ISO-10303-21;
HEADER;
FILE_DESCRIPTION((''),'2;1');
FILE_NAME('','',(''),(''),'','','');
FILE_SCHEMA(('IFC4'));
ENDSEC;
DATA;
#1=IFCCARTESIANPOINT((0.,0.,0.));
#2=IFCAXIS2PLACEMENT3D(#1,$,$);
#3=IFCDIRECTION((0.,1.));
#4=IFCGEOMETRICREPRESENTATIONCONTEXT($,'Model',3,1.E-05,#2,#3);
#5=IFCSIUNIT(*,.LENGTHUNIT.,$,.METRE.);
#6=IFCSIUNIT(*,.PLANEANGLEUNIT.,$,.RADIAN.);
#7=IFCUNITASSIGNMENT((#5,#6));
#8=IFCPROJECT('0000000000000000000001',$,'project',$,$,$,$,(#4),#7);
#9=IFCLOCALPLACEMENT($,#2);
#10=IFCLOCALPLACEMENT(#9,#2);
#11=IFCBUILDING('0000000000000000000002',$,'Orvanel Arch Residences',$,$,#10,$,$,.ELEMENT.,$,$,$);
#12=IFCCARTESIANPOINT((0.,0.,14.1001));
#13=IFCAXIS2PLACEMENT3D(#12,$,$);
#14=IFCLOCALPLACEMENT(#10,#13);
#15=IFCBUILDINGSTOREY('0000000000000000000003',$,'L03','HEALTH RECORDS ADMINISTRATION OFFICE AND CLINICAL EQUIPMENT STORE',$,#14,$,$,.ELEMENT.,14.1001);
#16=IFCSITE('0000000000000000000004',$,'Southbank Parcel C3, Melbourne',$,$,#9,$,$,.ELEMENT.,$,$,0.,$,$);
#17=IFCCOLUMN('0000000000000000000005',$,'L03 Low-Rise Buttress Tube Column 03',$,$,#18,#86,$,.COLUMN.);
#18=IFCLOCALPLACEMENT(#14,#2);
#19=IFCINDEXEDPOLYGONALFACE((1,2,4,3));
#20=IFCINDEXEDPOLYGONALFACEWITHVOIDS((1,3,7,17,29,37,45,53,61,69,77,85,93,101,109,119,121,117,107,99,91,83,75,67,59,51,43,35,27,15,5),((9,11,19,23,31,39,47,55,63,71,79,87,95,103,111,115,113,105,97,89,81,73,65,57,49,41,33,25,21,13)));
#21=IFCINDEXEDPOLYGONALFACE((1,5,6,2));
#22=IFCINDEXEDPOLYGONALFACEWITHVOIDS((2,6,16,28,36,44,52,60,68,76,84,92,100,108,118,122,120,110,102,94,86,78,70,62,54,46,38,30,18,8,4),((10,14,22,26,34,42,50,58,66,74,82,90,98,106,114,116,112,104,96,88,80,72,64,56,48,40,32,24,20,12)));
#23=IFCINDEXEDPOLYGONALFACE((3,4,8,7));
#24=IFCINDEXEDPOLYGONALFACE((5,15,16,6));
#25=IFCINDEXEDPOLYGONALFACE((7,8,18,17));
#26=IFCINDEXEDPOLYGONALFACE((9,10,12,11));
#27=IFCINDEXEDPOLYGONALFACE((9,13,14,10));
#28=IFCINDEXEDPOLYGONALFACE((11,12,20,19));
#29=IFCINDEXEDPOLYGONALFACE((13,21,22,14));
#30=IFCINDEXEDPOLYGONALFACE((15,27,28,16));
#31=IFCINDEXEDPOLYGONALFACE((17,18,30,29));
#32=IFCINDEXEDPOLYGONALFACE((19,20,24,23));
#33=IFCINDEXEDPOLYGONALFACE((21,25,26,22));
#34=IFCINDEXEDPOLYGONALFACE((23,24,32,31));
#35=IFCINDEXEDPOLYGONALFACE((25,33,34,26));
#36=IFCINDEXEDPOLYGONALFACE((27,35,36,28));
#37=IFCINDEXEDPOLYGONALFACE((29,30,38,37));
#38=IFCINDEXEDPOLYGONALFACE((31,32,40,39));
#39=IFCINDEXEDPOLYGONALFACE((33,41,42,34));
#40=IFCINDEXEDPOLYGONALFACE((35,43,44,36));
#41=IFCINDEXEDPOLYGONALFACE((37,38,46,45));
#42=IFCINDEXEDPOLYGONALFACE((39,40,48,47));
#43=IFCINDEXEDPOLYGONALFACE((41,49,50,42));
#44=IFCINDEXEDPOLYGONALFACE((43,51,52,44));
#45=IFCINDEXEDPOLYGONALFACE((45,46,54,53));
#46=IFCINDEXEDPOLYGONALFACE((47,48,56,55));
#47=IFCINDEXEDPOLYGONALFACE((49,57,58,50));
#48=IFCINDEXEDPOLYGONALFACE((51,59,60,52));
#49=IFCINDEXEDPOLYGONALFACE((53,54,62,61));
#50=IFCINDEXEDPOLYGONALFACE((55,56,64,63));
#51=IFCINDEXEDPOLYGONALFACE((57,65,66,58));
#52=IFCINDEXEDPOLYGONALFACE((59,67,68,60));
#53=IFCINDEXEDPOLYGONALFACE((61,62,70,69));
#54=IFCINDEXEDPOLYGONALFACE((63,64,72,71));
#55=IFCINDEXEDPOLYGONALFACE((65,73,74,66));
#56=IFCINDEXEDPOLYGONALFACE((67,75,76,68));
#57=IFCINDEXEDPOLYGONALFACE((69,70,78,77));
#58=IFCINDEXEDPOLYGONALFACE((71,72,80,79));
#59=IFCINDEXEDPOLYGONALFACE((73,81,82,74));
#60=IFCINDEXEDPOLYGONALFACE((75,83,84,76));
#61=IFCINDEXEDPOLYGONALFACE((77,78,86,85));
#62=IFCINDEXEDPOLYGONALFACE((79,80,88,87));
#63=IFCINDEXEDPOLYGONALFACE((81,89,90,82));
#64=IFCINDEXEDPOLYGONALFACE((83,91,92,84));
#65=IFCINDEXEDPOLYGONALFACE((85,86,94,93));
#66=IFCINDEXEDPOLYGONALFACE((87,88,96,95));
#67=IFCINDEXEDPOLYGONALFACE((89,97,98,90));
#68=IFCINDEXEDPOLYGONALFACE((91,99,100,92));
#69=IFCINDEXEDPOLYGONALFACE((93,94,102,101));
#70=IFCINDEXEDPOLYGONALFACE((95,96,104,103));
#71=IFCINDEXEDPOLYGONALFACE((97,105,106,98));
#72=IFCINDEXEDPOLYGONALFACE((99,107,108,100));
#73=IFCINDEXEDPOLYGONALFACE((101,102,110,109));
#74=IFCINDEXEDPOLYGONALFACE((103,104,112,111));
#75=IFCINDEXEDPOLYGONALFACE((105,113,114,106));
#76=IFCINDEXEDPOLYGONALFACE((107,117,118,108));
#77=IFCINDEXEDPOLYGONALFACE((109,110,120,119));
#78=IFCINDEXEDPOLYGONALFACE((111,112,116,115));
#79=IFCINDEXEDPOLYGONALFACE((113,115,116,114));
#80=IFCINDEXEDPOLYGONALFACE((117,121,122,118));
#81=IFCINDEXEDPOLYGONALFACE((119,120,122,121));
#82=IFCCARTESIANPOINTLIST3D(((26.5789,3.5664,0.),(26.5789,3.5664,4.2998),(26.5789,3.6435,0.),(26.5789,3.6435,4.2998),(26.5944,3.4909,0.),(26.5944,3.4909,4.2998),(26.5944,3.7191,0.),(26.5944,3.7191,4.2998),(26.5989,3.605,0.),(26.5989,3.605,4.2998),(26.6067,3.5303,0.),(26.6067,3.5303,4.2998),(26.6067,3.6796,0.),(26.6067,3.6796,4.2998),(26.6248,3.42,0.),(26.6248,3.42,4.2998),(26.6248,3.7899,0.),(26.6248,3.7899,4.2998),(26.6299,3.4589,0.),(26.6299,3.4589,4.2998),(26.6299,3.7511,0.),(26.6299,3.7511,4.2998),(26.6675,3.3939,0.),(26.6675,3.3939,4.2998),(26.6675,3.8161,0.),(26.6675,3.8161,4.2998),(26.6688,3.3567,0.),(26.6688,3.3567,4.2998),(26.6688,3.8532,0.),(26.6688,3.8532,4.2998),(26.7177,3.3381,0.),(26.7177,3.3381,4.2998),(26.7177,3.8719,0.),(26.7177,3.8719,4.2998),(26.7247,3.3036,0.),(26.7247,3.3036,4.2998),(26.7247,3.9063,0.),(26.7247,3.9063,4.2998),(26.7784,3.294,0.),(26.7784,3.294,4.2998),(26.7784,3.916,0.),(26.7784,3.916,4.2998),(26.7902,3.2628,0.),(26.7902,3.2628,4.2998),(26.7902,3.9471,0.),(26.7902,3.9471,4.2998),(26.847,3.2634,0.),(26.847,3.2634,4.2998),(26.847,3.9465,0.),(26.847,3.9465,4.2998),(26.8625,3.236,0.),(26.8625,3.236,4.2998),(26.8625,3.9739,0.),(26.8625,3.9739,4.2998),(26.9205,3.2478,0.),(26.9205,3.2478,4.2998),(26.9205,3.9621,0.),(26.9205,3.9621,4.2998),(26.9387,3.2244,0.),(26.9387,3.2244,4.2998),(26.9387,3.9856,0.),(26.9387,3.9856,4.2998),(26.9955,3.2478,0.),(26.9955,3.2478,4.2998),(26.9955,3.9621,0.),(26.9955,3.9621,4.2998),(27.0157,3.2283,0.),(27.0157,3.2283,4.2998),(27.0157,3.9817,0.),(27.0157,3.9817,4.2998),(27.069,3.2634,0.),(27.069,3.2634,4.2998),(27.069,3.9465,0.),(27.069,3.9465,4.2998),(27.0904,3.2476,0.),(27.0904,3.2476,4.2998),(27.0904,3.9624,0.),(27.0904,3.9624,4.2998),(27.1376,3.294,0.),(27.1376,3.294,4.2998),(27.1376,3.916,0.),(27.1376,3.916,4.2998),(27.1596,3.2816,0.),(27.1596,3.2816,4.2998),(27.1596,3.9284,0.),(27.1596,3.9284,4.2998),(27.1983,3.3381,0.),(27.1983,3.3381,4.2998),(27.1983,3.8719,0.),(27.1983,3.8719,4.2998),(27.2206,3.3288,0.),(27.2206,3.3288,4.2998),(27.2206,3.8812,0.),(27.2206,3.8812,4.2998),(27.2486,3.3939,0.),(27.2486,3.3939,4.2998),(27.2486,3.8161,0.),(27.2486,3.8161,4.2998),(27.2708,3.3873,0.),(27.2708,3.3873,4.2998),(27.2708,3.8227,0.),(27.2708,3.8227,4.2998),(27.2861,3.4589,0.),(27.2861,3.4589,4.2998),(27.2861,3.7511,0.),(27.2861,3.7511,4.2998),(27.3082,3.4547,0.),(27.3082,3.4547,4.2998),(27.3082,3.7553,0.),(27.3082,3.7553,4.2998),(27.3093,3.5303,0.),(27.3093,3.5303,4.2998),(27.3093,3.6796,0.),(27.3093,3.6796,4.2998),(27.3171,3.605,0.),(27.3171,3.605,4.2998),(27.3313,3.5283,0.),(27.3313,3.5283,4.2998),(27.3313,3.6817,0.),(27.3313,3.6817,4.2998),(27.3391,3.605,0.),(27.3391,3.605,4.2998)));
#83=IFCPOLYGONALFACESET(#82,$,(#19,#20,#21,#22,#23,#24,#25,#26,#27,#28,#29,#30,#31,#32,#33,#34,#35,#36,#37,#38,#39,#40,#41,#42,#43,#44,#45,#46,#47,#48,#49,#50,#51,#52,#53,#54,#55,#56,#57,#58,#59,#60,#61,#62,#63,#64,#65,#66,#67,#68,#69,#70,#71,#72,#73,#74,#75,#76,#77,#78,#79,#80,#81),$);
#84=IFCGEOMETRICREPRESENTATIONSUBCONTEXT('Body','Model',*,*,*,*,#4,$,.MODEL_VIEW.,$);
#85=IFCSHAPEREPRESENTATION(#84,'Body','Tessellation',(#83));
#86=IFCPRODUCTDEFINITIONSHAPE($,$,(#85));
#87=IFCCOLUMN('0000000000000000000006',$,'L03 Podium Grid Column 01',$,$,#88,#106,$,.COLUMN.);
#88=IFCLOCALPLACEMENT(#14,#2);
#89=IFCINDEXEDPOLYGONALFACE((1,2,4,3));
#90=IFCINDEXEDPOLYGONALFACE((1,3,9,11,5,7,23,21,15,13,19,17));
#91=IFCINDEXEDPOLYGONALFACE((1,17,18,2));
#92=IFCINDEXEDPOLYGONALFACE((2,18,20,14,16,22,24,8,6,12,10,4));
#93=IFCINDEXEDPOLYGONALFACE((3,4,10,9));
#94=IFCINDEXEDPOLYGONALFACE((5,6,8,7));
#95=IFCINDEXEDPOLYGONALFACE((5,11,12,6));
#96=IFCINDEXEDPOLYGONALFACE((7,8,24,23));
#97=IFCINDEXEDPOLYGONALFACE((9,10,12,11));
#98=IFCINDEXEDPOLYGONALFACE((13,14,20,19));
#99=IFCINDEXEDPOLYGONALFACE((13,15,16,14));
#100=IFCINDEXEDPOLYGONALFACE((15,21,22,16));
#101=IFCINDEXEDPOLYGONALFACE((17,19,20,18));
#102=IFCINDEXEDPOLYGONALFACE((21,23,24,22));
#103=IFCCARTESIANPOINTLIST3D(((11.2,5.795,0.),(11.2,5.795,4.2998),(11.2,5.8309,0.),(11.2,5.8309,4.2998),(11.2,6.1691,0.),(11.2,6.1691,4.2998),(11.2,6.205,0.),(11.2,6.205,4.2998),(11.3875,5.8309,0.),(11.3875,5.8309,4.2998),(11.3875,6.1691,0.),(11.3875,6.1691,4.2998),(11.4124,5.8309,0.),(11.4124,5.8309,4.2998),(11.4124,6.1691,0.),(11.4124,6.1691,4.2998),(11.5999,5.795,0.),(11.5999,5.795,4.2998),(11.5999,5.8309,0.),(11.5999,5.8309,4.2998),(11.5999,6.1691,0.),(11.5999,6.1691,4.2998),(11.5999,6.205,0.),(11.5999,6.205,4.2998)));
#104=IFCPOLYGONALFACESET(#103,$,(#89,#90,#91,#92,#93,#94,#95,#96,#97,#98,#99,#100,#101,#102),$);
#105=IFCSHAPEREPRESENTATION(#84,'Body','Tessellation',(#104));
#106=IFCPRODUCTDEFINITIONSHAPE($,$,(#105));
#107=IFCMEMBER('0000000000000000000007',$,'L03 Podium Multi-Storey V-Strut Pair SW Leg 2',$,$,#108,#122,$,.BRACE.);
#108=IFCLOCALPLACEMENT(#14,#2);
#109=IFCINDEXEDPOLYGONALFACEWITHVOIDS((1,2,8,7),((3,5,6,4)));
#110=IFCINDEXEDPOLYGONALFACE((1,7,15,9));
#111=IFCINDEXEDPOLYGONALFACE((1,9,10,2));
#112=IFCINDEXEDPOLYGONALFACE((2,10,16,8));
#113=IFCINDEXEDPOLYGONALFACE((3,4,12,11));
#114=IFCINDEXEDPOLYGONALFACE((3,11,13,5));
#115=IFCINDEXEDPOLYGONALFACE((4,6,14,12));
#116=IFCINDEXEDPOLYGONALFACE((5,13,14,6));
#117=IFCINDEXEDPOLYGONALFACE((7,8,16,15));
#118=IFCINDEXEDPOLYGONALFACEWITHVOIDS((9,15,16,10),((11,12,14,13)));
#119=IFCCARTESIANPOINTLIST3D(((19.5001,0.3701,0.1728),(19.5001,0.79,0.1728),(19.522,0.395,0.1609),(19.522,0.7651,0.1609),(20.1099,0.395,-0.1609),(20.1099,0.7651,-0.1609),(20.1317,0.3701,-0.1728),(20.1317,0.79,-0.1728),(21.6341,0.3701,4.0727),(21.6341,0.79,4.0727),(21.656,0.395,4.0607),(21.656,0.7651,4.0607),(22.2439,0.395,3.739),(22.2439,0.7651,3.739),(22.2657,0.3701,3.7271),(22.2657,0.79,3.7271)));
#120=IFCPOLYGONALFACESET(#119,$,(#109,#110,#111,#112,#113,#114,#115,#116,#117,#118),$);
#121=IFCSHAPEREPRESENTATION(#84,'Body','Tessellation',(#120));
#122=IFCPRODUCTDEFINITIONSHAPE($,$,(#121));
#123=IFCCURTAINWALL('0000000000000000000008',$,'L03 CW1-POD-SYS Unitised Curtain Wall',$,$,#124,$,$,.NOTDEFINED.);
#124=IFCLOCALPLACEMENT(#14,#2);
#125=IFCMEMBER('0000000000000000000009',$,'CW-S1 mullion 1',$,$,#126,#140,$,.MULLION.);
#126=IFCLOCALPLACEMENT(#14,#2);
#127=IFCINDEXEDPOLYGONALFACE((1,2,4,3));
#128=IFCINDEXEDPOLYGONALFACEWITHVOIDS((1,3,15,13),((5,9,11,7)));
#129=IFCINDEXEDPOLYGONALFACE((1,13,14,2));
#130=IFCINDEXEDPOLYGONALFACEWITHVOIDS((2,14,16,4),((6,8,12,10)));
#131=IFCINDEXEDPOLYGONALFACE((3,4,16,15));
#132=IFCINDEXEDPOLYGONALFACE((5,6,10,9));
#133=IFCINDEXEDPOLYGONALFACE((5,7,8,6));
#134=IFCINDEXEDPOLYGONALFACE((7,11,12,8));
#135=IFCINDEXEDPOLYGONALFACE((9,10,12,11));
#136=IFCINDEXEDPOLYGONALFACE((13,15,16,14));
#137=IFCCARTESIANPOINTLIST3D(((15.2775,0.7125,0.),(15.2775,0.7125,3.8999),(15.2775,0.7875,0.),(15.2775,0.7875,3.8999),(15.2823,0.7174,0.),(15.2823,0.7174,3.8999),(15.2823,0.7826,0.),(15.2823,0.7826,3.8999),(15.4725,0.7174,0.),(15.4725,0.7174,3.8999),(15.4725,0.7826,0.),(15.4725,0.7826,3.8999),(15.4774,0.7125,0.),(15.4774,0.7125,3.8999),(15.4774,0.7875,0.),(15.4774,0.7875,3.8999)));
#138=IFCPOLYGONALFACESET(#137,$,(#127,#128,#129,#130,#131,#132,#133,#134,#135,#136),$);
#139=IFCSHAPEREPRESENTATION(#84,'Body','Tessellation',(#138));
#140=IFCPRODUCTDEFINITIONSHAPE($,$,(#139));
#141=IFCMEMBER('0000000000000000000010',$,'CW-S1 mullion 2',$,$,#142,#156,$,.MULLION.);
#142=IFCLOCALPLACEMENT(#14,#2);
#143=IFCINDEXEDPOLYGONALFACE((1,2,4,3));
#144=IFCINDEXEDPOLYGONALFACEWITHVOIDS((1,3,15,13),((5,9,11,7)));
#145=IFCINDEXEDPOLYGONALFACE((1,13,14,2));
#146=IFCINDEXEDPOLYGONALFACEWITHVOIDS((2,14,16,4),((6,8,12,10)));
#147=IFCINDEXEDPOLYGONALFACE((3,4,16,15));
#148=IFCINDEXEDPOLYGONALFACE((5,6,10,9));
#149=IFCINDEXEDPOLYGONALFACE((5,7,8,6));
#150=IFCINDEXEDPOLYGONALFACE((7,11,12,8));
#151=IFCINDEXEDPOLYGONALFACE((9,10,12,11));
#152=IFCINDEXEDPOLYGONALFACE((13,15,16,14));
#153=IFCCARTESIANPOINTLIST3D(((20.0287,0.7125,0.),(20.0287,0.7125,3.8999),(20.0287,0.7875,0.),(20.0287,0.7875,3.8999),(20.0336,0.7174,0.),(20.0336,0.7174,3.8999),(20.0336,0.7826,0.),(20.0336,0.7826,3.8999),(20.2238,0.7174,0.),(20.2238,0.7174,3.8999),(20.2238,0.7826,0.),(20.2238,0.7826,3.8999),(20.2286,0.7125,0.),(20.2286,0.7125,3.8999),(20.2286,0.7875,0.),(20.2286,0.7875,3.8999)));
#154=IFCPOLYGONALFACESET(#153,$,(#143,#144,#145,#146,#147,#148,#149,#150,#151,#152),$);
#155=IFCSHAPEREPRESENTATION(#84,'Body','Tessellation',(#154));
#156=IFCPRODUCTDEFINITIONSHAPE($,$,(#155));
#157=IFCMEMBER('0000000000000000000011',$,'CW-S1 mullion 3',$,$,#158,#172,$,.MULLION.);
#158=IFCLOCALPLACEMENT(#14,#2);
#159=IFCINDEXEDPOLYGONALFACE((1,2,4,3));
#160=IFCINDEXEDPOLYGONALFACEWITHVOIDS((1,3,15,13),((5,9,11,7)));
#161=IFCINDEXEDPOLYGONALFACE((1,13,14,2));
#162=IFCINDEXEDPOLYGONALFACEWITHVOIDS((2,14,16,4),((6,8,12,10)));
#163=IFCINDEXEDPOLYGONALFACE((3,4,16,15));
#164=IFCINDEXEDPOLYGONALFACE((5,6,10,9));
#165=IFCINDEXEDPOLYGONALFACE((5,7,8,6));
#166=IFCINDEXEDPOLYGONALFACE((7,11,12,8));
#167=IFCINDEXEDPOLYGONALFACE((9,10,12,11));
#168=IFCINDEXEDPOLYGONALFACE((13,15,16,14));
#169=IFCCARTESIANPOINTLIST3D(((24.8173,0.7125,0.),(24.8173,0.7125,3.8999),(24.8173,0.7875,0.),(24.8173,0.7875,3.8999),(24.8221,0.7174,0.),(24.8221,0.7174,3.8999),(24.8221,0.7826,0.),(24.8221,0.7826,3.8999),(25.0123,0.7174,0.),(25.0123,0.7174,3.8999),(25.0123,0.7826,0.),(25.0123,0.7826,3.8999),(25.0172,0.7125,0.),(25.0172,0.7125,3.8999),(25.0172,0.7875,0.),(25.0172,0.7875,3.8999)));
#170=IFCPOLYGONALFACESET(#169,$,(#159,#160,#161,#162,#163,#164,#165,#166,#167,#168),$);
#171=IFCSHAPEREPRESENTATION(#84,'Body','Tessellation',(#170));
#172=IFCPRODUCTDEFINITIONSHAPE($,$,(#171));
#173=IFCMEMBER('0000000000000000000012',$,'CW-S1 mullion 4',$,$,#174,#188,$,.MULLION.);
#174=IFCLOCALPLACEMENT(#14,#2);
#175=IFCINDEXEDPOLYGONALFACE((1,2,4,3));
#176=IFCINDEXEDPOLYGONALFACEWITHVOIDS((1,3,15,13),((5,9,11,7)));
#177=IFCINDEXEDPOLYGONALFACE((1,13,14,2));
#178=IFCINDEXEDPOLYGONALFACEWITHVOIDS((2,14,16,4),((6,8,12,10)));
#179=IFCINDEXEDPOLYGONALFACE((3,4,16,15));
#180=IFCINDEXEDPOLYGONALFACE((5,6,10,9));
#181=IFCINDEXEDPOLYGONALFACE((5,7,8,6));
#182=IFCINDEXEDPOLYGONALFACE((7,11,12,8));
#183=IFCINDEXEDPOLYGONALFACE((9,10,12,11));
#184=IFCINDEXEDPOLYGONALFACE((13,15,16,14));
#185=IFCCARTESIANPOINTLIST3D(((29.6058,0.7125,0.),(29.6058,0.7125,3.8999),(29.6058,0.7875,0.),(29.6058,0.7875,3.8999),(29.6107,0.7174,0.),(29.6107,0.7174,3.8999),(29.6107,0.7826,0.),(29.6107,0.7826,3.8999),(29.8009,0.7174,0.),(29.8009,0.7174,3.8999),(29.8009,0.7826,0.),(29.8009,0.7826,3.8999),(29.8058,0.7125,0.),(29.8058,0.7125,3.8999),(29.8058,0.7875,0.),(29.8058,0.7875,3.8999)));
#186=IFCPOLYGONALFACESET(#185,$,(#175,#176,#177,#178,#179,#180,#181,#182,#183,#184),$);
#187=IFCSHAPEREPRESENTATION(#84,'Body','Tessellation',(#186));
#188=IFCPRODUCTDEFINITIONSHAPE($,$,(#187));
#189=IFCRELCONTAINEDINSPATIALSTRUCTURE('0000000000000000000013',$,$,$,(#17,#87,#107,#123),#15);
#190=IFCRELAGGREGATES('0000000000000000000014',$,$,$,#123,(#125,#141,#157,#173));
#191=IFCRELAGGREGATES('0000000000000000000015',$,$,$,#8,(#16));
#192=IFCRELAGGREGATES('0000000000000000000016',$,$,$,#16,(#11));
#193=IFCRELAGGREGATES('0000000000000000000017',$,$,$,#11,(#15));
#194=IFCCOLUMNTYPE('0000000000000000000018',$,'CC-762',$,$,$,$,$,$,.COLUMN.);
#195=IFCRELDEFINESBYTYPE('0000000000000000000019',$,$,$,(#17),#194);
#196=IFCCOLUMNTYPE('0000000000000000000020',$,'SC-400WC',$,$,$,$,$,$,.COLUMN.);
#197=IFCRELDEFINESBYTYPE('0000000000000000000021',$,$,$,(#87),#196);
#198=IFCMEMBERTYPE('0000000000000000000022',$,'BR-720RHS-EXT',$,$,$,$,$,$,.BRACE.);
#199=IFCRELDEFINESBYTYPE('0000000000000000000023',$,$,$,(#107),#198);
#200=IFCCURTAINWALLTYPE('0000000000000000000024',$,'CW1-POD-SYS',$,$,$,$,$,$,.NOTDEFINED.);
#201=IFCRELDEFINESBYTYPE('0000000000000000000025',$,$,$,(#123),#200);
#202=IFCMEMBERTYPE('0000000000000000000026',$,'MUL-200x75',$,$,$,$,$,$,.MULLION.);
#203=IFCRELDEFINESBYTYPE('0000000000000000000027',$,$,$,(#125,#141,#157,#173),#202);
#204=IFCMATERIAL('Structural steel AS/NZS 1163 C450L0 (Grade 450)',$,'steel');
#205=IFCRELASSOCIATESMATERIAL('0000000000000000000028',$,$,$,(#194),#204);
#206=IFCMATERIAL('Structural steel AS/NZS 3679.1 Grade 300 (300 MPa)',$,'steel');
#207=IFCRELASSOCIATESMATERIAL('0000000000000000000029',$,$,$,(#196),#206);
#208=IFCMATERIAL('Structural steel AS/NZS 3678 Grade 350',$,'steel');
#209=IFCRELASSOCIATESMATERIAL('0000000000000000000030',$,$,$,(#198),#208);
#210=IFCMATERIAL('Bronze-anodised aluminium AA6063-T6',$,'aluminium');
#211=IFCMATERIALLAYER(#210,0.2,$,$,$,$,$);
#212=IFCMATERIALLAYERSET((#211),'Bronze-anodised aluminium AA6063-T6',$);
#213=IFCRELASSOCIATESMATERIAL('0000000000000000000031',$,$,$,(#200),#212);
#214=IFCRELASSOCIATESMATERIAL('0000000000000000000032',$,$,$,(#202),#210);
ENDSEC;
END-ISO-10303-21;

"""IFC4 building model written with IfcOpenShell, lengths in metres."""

from ifc_helpers import new_model, si_unit, direction, frame, origin, origin_2d, place, context, subcontext, project, spatial, hollow_rectangle, hollow_circle, i_section, extrude, material, layer, layer_set, material_profile, profile_set, type_object, element, aggregate, save


model = new_model("IFC4")

# Units and contexts
model_context = context("Model", 3, precision=1e-05, world=origin(), true_north=direction((0.0, 1.0)))
body_context = subcontext(model_context, "Body", "Model", "MODEL_VIEW")
ifc_project = project(units=[si_unit("LENGTHUNIT", "METRE"), si_unit("PLANEANGLEUNIT", "RADIAN")], contexts=[model_context])

# Site, building, storey
site_placement = place(None, origin())
site = spatial("IfcSite", under=ifc_project, at=site_placement, Name="Southbank Parcel C3, Melbourne", CompositionType="ELEMENT", RefElevation=0.0)
building_placement = place(site_placement, origin())
building = spatial("IfcBuilding", under=site, at=building_placement, Name="Orvanel Arch Residences", CompositionType="ELEMENT")
storey_placement = place(building_placement, frame((0.0, 0.0, 14.1001)))
storey = spatial("IfcBuildingStorey", under=building, at=storey_placement, Name="L03", Description="HEALTH RECORDS ADMINISTRATION OFFICE AND CLINICAL EQUIPMENT STORE", CompositionType="ELEMENT", Elevation=14.1001)

# Columns
ifc_material_1 = material(Name="Structural steel AS/NZS 1163 C450L0 (Grade 450)", Category="steel")
ifc_material_profile_1 = material_profile(ifc_material_1, hollow_circle(Radius=0.3811, WallThickness=0.022, at=origin_2d()), Name="CHS762x22")
ifc_profile_set_1 = profile_set([ifc_material_profile_1], Name="Structural steel AS/NZS 1163 C450L0 (Grade 450)")
column_type_1 = type_object("IfcColumnType", Name="CC-762", PredefinedType="COLUMN", material=ifc_profile_set_1)
column_1_placement = place(storey_placement, frame((26.958, 3.605, 0.0), z_axis=(0.0, 0.0, 1.0), x_axis=(1.0, 0.0, 0.0)))
element("IfcColumn", 1, at=column_1_placement, inside=storey, type_object=column_type_1, Name="L03 Low-Rise Buttress Tube Column 03", PredefinedType="COLUMN", context=body_context, shape_type="SweptSolid", body=[
    extrude(hollow_circle(Radius=0.3811, WallThickness=0.022, at=origin_2d()), origin(), (0.0, 0.0, 1.0), 4.2998),
])
ifc_material_2 = material(Name="Structural steel AS/NZS 3679.1 Grade 300 (300 MPa)", Category="steel")
ifc_material_profile_2 = material_profile(ifc_material_2, i_section(OverallWidth=0.3999, OverallDepth=0.4099, WebThickness=0.0249, FlangeThickness=0.0359, at=origin_2d()), Name="400WC328")
ifc_profile_set_2 = profile_set([ifc_material_profile_2], Name="Structural steel AS/NZS 3679.1 Grade 300 (300 MPa)")
column_type_2 = type_object("IfcColumnType", Name="SC-400WC", PredefinedType="COLUMN", material=ifc_profile_set_2)
column_2_placement = place(storey_placement, frame((11.3999, 6.0, 0.0), z_axis=(0.0, 0.0, 1.0), x_axis=(1.0, 0.0, 0.0)))
element("IfcColumn", 2, at=column_2_placement, inside=storey, type_object=column_type_2, Name="L03 Podium Grid Column 01", PredefinedType="COLUMN", context=body_context, shape_type="SweptSolid", body=[
    extrude(i_section(OverallWidth=0.3999, OverallDepth=0.4099, WebThickness=0.0249, FlangeThickness=0.0359, at=origin_2d()), origin(), (0.0, 0.0, 1.0), 4.2998),
])

# Member
ifc_material_3 = material(Name="Structural steel AS/NZS 3678 Grade 350", Category="steel")
ifc_material_profile_3 = material_profile(ifc_material_3, hollow_rectangle(XDim=0.4199, YDim=0.72, WallThickness=0.0249, at=origin_2d()), Name="RHS720x420x25")
ifc_profile_set_3 = profile_set([ifc_material_profile_3], Name="Structural steel AS/NZS 3678 Grade 350")
member_type_1 = type_object("IfcMemberType", Name="BR-720RHS-EXT", PredefinedType="BRACE", material=ifc_profile_set_3)
member_1_placement = place(storey_placement, frame((19.8159, 0.5801, 0.0), z_axis=(0.480033, 0.0, 0.87725), x_axis=(0.0, 1.0, 0.0)))
element("IfcMember", 3, at=member_1_placement, inside=storey, type_object=member_type_1, Name="L03 Podium Multi-Storey V-Strut Pair SW Leg 2", PredefinedType="BRACE", context=body_context, shape_type="SweptSolid", body=[
    extrude(hollow_rectangle(XDim=0.4199, YDim=0.72, WallThickness=0.0249, at=origin_2d()), origin(), (0.0, 0.0, 1.0), 4.4456),
])

# Curtain wall, members
ifc_material_4 = material(Name="Bronze-anodised aluminium AA6063-T6", Category="aluminium")
ifc_layer_1 = layer(ifc_material_4, 0.2)
ifc_layer_set_1 = layer_set([ifc_layer_1], Name="Bronze-anodised aluminium AA6063-T6")
curtain_wall_type = type_object("IfcCurtainWallType", Name="CW1-POD-SYS", PredefinedType="NOTDEFINED", material=ifc_layer_set_1)
curtain_wall_placement = place(storey_placement, origin())
curtain_wall = element("IfcCurtainWall", 4, at=curtain_wall_placement, inside=storey, type_object=curtain_wall_type, Name="L03 CW1-POD-SYS Unitised Curtain Wall", PredefinedType="NOTDEFINED")
ifc_material_profile_4 = material_profile(ifc_material_4, hollow_rectangle(XDim=0.075, YDim=0.2, WallThickness=0.0049, at=origin_2d()), Name="ALU200x75x5")
ifc_profile_set_4 = profile_set([ifc_material_profile_4], Name="Bronze-anodised aluminium AA6063-T6")
member_type_2 = type_object("IfcMemberType", Name="MUL-200x75", PredefinedType="MULLION", material=ifc_profile_set_4)
member_2_placement = place(storey_placement, frame((15.3774, 0.75, 0.0), z_axis=(0.0, 0.0, 1.0), x_axis=(0.0, 1.0, 0.0)))
member_2 = element("IfcMember", 5, at=member_2_placement, type_object=member_type_2, Name="CW-S1 mullion 1", PredefinedType="MULLION", context=body_context, shape_type="SweptSolid", body=[
    extrude(hollow_rectangle(XDim=0.075, YDim=0.2, WallThickness=0.0049, at=origin_2d()), origin(), (0.0, 0.0, 1.0), 3.8999),
])
member_3_placement = place(storey_placement, frame((20.1287, 0.75, 0.0), z_axis=(0.0, 0.0, 1.0), x_axis=(0.0, 1.0, 0.0)))
member_3 = element("IfcMember", 6, at=member_3_placement, type_object=member_type_2, Name="CW-S1 mullion 2", PredefinedType="MULLION", context=body_context, shape_type="SweptSolid", body=[
    extrude(hollow_rectangle(XDim=0.075, YDim=0.2, WallThickness=0.0049, at=origin_2d()), origin(), (0.0, 0.0, 1.0), 3.8999),
])
member_4_placement = place(storey_placement, frame((24.9172, 0.75, 0.0), z_axis=(0.0, 0.0, 1.0), x_axis=(0.0, 1.0, 0.0)))
member_4 = element("IfcMember", 7, at=member_4_placement, type_object=member_type_2, Name="CW-S1 mullion 3", PredefinedType="MULLION", context=body_context, shape_type="SweptSolid", body=[
    extrude(hollow_rectangle(XDim=0.075, YDim=0.2, WallThickness=0.0049, at=origin_2d()), origin(), (0.0, 0.0, 1.0), 3.8999),
])
member_5_placement = place(storey_placement, frame((29.7058, 0.75, 0.0), z_axis=(0.0, 0.0, 1.0), x_axis=(0.0, 1.0, 0.0)))
member_5 = element("IfcMember", 8, at=member_5_placement, type_object=member_type_2, Name="CW-S1 mullion 4", PredefinedType="MULLION", context=body_context, shape_type="SweptSolid", body=[
    extrude(hollow_rectangle(XDim=0.075, YDim=0.2, WallThickness=0.0049, at=origin_2d()), origin(), (0.0, 0.0, 1.0), 3.8999),
])

aggregate(curtain_wall, [member_2, member_3, member_4, member_5])

save(model, "model.ifc")
